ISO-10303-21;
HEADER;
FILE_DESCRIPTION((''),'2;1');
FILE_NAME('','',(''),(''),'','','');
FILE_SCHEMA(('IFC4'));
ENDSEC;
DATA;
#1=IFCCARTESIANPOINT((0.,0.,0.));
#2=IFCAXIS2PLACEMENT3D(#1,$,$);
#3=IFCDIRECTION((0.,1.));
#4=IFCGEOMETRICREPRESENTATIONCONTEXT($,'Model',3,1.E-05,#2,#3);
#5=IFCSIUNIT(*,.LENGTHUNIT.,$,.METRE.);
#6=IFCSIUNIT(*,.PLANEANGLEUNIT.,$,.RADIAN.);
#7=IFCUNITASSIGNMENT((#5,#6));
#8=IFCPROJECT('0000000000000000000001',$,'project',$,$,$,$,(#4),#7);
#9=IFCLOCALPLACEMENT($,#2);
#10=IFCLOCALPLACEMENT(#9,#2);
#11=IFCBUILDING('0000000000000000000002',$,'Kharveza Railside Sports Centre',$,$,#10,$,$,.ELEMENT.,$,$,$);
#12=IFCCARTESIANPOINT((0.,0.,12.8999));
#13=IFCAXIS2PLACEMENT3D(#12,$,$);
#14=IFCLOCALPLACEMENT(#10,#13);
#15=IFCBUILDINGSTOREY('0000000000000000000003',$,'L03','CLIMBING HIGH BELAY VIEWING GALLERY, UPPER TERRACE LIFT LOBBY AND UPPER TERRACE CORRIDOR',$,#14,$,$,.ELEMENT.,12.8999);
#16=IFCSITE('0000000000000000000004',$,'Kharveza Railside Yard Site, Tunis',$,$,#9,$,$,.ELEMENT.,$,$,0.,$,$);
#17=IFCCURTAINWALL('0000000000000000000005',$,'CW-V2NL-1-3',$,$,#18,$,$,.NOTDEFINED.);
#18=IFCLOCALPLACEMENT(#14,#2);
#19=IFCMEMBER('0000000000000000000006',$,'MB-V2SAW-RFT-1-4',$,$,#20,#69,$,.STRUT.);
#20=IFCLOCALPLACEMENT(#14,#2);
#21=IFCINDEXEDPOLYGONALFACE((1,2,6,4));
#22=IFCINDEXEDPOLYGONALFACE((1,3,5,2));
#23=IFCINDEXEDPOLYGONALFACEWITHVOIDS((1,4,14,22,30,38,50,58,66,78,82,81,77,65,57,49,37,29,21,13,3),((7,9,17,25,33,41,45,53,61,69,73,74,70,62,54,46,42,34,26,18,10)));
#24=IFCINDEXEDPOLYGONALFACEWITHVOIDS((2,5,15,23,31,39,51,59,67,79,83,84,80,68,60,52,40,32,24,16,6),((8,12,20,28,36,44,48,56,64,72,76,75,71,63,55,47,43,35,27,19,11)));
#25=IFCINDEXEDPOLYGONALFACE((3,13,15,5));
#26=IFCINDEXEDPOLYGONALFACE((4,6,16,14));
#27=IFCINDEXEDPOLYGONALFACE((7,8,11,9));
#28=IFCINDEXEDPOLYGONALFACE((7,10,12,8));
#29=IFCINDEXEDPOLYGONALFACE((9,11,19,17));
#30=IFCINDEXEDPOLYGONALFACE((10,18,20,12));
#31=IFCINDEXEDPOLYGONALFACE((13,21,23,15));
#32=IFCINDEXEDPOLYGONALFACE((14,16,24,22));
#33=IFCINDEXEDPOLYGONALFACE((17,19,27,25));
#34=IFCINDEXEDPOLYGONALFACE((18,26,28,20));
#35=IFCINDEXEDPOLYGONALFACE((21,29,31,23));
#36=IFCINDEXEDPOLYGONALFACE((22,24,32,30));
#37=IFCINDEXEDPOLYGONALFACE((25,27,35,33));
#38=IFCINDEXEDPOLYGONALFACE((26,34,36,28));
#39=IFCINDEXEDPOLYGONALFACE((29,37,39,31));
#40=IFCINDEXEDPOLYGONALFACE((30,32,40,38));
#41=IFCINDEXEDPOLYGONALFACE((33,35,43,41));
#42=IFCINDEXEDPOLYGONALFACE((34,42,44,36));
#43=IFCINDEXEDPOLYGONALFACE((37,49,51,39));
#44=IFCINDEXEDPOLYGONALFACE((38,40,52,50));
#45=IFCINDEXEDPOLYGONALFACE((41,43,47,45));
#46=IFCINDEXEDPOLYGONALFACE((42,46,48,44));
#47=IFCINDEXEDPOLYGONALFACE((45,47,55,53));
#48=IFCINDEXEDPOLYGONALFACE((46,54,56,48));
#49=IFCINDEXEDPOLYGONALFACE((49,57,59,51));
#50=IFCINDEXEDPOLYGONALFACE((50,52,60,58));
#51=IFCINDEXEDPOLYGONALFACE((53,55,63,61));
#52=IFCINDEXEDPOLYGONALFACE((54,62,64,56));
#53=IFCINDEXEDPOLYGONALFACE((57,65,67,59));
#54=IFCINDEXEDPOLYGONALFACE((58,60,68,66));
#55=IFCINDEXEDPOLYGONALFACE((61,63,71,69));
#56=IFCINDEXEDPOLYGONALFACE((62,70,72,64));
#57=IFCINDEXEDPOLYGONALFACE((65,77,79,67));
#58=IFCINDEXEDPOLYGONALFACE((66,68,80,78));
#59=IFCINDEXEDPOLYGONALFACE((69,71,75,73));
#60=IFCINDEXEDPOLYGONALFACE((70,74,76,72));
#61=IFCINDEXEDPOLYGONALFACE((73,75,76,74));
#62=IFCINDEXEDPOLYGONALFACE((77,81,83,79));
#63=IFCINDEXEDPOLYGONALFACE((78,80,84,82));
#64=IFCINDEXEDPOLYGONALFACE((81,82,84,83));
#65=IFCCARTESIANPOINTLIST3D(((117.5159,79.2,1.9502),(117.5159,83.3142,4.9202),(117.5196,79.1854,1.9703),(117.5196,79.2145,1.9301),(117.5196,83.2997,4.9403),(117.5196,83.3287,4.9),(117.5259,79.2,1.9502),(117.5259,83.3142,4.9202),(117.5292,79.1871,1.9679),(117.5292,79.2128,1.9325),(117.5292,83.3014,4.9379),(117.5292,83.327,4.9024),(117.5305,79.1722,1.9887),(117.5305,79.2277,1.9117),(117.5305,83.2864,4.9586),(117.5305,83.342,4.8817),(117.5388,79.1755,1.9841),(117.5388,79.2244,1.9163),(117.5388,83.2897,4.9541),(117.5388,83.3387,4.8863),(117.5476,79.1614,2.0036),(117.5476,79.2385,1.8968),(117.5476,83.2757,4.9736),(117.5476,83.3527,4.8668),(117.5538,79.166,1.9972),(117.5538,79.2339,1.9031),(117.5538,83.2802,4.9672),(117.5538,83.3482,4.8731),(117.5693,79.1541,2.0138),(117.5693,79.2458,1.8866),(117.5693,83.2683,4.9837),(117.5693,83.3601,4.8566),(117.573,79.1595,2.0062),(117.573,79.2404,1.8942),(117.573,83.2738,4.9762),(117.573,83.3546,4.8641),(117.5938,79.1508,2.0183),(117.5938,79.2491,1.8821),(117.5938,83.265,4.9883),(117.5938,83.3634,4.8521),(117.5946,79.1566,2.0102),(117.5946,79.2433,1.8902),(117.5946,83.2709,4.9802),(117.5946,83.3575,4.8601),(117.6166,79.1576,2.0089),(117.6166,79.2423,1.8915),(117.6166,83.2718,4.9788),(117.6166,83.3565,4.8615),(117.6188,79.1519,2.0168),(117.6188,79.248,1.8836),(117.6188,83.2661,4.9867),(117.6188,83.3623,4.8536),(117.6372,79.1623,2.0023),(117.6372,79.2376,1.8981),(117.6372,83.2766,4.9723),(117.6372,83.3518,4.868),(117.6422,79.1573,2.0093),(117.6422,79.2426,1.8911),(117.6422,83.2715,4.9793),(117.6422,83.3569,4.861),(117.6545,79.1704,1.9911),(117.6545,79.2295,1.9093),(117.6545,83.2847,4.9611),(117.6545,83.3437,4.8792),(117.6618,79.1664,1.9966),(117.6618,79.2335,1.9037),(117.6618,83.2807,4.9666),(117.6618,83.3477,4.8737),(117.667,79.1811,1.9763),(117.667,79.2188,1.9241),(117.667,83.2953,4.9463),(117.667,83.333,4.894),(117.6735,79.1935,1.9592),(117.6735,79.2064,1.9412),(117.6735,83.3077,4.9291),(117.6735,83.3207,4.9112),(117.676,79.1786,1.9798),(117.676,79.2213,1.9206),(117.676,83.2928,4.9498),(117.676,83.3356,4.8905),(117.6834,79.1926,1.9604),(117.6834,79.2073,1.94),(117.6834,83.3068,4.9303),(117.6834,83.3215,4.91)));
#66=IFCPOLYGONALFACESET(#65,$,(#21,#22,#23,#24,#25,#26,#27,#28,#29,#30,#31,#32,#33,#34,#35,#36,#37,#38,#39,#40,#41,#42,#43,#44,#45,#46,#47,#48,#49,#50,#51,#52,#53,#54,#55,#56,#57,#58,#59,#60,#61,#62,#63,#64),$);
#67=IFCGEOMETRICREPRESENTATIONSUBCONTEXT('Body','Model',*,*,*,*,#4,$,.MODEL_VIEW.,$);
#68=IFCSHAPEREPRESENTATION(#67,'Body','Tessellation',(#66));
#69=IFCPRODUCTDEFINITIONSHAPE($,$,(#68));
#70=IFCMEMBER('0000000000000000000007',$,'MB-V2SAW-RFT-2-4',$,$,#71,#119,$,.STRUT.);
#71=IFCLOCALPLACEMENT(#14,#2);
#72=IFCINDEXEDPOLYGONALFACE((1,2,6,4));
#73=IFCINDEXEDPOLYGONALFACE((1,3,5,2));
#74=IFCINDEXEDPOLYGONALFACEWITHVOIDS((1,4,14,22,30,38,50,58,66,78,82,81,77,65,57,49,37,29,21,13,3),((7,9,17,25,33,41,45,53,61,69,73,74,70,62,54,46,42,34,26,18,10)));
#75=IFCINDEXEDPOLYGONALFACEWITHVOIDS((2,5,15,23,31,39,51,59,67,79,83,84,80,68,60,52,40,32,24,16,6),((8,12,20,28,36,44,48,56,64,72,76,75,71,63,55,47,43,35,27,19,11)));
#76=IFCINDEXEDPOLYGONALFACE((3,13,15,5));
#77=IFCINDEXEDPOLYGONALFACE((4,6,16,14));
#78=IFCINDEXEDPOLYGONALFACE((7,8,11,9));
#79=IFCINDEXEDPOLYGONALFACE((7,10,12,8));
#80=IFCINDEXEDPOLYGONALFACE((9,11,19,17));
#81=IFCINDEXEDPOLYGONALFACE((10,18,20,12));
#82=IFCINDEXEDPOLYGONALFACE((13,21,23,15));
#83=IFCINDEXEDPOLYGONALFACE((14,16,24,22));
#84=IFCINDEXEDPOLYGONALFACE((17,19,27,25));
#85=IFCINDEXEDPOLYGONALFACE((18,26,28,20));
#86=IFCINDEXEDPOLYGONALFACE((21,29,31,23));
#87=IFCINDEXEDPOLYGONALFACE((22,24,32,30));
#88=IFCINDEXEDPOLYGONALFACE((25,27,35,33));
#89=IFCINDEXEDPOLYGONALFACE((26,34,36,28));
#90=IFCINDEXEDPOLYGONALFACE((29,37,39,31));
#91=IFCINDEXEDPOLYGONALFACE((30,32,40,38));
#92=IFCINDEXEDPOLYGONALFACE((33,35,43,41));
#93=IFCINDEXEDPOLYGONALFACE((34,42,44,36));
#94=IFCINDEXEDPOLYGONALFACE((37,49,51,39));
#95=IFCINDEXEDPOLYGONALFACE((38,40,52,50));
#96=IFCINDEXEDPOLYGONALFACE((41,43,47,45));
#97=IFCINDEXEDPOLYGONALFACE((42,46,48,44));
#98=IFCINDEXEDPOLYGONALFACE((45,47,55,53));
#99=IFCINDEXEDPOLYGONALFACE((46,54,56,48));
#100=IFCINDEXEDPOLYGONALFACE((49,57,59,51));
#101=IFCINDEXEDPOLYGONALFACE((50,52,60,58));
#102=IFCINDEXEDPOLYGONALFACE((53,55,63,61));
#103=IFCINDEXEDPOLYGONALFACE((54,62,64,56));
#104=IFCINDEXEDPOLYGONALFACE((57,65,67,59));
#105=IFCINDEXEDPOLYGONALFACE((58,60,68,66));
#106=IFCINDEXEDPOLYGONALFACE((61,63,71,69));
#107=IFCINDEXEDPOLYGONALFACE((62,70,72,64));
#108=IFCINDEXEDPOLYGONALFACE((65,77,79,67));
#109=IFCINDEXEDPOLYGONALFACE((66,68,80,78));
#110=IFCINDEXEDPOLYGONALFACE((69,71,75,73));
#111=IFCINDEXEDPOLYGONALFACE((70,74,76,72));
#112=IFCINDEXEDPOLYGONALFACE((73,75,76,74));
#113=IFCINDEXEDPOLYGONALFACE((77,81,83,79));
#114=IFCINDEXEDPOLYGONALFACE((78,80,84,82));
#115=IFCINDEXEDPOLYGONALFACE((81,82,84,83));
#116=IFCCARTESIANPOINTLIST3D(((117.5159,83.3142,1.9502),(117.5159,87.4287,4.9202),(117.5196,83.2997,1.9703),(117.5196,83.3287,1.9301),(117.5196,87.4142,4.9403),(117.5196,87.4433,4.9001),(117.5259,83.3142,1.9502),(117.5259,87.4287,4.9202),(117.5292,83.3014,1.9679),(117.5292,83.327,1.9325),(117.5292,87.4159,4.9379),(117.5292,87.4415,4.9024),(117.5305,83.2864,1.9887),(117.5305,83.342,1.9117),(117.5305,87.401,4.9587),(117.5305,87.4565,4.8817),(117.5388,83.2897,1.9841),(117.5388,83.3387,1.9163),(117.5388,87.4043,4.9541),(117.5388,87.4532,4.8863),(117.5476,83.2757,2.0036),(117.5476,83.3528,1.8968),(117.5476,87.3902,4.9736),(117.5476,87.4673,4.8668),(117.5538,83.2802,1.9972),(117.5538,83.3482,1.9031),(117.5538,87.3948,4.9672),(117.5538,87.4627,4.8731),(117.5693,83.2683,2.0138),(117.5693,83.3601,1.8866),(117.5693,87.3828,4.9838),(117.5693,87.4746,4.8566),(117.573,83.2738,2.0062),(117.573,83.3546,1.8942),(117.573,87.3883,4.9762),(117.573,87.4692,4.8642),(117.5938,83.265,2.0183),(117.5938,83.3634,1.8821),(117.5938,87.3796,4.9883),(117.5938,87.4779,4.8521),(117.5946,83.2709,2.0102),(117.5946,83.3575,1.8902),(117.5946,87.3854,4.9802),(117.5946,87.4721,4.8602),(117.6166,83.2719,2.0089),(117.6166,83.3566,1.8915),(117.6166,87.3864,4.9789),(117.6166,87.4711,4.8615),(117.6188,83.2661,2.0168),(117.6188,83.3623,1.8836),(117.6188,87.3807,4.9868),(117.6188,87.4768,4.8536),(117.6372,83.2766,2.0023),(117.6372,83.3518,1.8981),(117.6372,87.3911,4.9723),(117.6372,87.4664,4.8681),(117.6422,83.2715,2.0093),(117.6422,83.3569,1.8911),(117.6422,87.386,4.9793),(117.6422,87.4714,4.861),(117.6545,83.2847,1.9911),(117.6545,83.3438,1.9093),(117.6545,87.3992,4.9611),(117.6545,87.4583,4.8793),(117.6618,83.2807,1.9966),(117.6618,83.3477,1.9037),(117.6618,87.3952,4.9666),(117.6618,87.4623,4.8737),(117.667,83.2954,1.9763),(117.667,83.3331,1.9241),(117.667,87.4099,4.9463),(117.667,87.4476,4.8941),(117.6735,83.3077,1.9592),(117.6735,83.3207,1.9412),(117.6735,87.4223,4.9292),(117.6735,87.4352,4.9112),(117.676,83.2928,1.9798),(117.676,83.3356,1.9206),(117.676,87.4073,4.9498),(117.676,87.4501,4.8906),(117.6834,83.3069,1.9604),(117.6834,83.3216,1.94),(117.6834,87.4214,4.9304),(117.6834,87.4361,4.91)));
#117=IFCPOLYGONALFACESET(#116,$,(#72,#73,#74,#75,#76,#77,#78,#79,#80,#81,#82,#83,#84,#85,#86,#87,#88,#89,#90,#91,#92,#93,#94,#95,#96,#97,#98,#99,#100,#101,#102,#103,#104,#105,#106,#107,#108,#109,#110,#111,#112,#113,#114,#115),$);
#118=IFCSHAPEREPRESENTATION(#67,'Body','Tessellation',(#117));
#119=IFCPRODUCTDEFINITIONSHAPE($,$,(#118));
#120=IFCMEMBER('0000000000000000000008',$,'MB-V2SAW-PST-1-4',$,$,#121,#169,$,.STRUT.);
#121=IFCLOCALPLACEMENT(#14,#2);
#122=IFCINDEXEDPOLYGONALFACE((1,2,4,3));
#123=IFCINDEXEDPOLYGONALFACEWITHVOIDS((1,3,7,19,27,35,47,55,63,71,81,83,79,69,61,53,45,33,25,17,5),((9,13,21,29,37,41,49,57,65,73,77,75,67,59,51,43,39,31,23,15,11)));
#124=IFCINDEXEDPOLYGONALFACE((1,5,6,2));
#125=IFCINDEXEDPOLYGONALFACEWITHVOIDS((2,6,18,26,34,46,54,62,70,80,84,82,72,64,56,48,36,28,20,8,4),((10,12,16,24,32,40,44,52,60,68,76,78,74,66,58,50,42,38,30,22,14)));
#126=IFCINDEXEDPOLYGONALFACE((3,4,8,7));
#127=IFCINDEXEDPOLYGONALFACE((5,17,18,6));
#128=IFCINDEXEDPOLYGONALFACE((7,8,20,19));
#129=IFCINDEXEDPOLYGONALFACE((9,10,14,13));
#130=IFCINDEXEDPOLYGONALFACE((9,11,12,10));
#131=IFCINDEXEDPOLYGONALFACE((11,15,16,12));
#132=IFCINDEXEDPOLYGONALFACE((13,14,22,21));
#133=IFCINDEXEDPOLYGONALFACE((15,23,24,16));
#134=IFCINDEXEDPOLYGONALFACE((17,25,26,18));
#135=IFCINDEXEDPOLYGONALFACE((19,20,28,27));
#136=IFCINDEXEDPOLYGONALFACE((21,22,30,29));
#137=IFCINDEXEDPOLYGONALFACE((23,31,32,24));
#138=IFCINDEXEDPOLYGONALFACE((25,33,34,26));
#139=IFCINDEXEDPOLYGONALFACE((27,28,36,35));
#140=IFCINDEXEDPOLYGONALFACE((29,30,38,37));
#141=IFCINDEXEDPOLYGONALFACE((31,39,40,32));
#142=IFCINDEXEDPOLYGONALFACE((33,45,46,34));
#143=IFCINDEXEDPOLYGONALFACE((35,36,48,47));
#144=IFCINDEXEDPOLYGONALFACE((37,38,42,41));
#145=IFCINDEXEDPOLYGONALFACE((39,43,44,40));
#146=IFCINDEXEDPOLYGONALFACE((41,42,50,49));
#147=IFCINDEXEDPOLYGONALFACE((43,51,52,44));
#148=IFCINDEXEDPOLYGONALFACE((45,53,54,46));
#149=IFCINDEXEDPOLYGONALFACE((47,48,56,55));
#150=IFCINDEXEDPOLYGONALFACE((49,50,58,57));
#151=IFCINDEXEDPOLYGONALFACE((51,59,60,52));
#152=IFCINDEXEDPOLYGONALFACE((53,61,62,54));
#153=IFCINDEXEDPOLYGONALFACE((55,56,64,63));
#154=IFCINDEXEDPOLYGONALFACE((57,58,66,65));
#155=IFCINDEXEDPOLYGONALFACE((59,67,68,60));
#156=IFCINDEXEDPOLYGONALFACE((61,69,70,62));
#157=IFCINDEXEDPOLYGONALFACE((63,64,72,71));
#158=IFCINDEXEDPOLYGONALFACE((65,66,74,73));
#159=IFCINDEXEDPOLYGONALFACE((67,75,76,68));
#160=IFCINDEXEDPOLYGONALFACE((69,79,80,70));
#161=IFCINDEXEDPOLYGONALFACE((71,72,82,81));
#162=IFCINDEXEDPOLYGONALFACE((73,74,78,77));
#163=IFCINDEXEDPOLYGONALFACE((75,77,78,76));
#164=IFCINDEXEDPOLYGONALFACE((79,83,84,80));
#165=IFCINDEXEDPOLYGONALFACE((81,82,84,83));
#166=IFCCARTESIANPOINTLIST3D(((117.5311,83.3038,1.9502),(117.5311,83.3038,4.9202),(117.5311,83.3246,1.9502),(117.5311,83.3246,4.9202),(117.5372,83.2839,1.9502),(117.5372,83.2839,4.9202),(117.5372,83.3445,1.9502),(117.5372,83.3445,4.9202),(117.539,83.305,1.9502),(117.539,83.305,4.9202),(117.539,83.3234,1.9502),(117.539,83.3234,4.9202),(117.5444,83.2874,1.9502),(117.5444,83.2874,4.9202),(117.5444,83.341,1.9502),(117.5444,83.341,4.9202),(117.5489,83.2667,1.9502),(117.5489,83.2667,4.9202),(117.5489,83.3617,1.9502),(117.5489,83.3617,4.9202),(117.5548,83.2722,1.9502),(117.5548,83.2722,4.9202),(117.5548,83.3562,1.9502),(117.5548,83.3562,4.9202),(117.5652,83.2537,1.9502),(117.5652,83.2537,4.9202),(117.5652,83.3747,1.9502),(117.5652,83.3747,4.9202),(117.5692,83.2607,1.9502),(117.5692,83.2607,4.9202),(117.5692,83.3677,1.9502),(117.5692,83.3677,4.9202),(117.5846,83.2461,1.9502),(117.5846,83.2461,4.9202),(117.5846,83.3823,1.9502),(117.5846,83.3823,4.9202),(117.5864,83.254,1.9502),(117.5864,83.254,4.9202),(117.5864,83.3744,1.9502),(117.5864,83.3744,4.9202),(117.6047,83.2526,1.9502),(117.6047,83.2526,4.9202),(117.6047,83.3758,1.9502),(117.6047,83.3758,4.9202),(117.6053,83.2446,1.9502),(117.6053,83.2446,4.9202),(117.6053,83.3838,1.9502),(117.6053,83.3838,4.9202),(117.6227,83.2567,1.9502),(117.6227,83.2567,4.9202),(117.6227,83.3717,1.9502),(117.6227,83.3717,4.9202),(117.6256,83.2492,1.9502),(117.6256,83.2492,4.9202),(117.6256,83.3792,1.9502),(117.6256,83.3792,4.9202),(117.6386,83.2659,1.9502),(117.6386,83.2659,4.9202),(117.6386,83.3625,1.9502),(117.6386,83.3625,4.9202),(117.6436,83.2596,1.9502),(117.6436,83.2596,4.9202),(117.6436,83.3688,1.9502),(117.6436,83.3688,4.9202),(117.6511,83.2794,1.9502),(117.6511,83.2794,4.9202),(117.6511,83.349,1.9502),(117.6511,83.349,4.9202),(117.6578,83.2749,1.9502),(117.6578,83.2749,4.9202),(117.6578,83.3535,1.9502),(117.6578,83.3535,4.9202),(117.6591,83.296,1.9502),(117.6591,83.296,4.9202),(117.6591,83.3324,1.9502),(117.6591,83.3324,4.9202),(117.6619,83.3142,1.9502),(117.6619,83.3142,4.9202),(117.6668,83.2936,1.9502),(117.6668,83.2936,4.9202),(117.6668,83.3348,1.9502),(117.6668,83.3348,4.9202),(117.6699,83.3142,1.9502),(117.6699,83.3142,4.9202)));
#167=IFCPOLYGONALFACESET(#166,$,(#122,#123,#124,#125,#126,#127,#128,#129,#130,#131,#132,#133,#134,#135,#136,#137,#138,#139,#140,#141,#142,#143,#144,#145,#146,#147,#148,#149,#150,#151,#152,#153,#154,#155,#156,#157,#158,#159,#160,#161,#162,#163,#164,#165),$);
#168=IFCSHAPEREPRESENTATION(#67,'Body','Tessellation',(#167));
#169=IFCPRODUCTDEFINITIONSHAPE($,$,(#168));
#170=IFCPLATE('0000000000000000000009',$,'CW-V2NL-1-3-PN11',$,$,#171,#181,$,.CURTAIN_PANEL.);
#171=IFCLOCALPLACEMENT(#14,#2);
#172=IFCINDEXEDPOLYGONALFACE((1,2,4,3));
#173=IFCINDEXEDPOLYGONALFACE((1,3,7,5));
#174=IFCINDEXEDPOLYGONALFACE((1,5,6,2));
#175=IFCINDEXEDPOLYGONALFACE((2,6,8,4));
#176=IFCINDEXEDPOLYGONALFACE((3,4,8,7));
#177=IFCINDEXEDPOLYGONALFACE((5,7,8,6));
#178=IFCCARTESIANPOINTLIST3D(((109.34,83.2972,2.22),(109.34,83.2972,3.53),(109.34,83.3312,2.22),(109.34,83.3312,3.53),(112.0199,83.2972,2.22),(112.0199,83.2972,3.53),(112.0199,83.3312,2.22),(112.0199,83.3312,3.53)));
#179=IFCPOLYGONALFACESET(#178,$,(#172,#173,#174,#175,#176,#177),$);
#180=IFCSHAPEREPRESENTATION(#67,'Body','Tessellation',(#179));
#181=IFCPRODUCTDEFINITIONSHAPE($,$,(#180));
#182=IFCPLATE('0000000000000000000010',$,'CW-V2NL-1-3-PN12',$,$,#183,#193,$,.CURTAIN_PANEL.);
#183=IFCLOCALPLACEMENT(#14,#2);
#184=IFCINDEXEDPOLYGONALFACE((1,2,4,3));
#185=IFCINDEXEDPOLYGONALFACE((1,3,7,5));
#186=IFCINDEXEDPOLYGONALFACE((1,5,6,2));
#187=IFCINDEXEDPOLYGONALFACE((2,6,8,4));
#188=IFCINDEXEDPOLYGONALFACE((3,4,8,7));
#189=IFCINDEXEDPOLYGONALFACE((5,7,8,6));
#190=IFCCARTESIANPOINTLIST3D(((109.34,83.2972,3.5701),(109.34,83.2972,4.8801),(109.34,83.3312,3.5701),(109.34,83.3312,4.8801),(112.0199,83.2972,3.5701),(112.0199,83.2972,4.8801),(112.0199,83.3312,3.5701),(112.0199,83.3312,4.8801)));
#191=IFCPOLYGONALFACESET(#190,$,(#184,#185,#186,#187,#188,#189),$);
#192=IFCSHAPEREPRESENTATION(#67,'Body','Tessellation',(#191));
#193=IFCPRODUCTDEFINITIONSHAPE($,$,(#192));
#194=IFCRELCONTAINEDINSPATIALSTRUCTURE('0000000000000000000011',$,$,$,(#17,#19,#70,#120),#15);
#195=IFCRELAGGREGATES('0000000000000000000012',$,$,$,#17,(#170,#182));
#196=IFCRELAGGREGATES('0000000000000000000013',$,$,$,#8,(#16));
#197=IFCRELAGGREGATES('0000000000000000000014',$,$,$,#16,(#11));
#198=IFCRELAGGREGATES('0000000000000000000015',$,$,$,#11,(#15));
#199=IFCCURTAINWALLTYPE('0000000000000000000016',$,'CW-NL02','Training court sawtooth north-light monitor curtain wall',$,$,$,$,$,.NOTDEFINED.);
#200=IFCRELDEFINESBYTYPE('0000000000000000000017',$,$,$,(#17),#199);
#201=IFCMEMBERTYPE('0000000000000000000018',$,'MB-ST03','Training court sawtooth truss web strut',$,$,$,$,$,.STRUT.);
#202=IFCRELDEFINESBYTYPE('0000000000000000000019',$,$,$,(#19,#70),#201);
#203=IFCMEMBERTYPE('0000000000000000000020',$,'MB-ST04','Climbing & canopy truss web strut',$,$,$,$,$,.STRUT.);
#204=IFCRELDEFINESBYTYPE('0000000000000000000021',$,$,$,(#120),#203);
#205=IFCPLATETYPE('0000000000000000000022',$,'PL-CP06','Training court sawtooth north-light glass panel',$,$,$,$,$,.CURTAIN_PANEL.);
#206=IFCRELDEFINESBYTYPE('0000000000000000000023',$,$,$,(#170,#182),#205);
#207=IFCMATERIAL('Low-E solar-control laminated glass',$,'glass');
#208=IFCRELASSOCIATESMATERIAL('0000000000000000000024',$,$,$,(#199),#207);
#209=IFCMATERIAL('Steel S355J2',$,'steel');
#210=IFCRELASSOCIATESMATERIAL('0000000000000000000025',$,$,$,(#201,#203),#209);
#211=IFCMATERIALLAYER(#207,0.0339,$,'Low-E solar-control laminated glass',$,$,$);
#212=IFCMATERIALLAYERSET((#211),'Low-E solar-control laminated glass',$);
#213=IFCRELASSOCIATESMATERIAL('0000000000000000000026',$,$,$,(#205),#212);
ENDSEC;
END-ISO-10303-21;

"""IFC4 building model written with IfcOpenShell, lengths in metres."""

from ifc_helpers import new_model, si_unit, direction, frame, origin, origin_2d, place, context, subcontext, project, spatial, rectangle, hollow_circle, extrude, material, layer, layer_set, material_profile, profile_set, type_object, element, aggregate, save


model = new_model("IFC4")

# Units and contexts
model_context = context("Model", 3, precision=1e-05, world=origin(), true_north=direction((0.0, 1.0)))
body_context = subcontext(model_context, "Body", "Model", "MODEL_VIEW")
ifc_project = project(units=[si_unit("LENGTHUNIT", "METRE"), si_unit("PLANEANGLEUNIT", "RADIAN")], contexts=[model_context])

# Site, building, storey
site_placement = place(None, origin())
site = spatial("IfcSite", under=ifc_project, at=site_placement, Name="Kharveza Railside Yard Site, Tunis", CompositionType="ELEMENT", RefElevation=0.0)
building_placement = place(site_placement, origin())
building = spatial("IfcBuilding", under=site, at=building_placement, Name="Kharveza Railside Sports Centre", CompositionType="ELEMENT")
storey_placement = place(building_placement, frame((0.0, 0.0, 12.8999)))
storey = spatial("IfcBuildingStorey", under=building, at=storey_placement, Name="L03", Description="CLIMBING HIGH BELAY VIEWING GALLERY, UPPER TERRACE LIFT LOBBY AND UPPER TERRACE CORRIDOR", CompositionType="ELEMENT", Elevation=12.8999)

# Shared definitions
ifc_material_1 = material(Name="Steel S355J2", Category="steel")

# Curtain wall
ifc_material_2 = material(Name="Low-E solar-control laminated glass", Category="glass")
curtain_wall_type = type_object("IfcCurtainWallType", Name="CW-NL02", Description="Training court sawtooth north-light monitor curtain wall", PredefinedType="NOTDEFINED", material=ifc_material_2)
curtain_wall_1_placement = place(storey_placement, origin())
curtain_wall_1 = element("IfcCurtainWall", 1, at=curtain_wall_1_placement, inside=storey, type_object=curtain_wall_type, Name="CW-V2NL-1-3", PredefinedType="NOTDEFINED")

# Members
ifc_material_profile_1 = material_profile(ifc_material_1, hollow_circle(Radius=0.0842, WallThickness=0.01, at=origin_2d()), Name="CHS 168.3x10.0")
ifc_profile_set_1 = profile_set([ifc_material_profile_1], Name="Steel S355J2")
member_type_1 = type_object("IfcMemberType", Name="MB-ST03", Description="Training court sawtooth truss web strut", PredefinedType="STRUT", material=ifc_profile_set_1)
member_1_placement = place(storey_placement, frame((117.6001, 79.2, 1.9502), z_axis=(0.0, 0.810814, 0.585304), x_axis=(-1.0, 0.0, 0.0)))
element("IfcMember", 2, at=member_1_placement, inside=storey, type_object=member_type_1, Name="MB-V2SAW-RFT-1-4", PredefinedType="STRUT", context=body_context, shape_type="SweptSolid", body=[
    extrude(hollow_circle(Radius=0.0842, WallThickness=0.01, at=origin_2d()), origin(), (0.0, 0.0, 1.0), 5.0742),
])
member_2_placement = place(storey_placement, frame((117.6001, 83.3142, 1.9502), z_axis=(0.0, 0.81083, 0.585281), x_axis=(-1.0, 0.0, 0.0)))
element("IfcMember", 3, at=member_2_placement, inside=storey, type_object=member_type_1, Name="MB-V2SAW-RFT-2-4", PredefinedType="STRUT", context=body_context, shape_type="SweptSolid", body=[
    extrude(hollow_circle(Radius=0.0842, WallThickness=0.01, at=origin_2d()), origin(), (0.0, 0.0, 1.0), 5.0745),
])
ifc_material_profile_2 = material_profile(ifc_material_1, hollow_circle(Radius=0.0698, WallThickness=0.0081, at=origin_2d()), Name="CHS 139.7x8.0")
ifc_profile_set_2 = profile_set([ifc_material_profile_2], Name="Steel S355J2")
member_type_2 = type_object("IfcMemberType", Name="MB-ST04", Description="Climbing & canopy truss web strut", PredefinedType="STRUT", material=ifc_profile_set_2)
member_3_placement = place(storey_placement, frame((117.6001, 83.3142, 1.9502), z_axis=(0.0, 0.0, 1.0), x_axis=(1.0, 0.0, 0.0)))
element("IfcMember", 4, at=member_3_placement, inside=storey, type_object=member_type_2, Name="MB-V2SAW-PST-1-4", PredefinedType="STRUT", context=body_context, shape_type="SweptSolid", body=[
    extrude(hollow_circle(Radius=0.0698, WallThickness=0.0081, at=origin_2d()), origin(), (0.0, 0.0, 1.0), 2.97),
])

# Plates
ifc_layer_1 = layer(ifc_material_2, 0.0339, Name="Low-E solar-control laminated glass")
ifc_layer_set_1 = layer_set([ifc_layer_1], Name="Low-E solar-control laminated glass")
plate_type_1 = type_object("IfcPlateType", Name="PL-CP06", Description="Training court sawtooth north-light glass panel", PredefinedType="CURTAIN_PANEL", material=ifc_layer_set_1)
plate_1_placement = place(storey_placement, frame((110.6799, 83.3142, 2.22), z_axis=(0.0, 0.0, 1.0), x_axis=(1.0, 0.0, 0.0)))
plate_1 = element("IfcPlate", 5, at=plate_1_placement, type_object=plate_type_1, Name="CW-V2NL-1-3-PN11", PredefinedType="CURTAIN_PANEL", context=body_context, shape_type="SweptSolid", body=[
    extrude(rectangle(XDim=2.6799, YDim=0.0339, at=origin_2d()), origin(), (0.0, 0.0, 1.0), 1.3101),
])
plate_2_placement = place(storey_placement, frame((110.6799, 83.3142, 3.5701), z_axis=(0.0, 0.0, 1.0), x_axis=(1.0, 0.0, 0.0)))
plate_2 = element("IfcPlate", 6, at=plate_2_placement, type_object=plate_type_1, Name="CW-V2NL-1-3-PN12", PredefinedType="CURTAIN_PANEL", context=body_context, shape_type="SweptSolid", body=[
    extrude(rectangle(XDim=2.6799, YDim=0.0339, at=origin_2d()), origin(), (0.0, 0.0, 1.0), 1.3101),
])
aggregate(curtain_wall_1, [plate_1, plate_2])

save(model, "model.ifc")
